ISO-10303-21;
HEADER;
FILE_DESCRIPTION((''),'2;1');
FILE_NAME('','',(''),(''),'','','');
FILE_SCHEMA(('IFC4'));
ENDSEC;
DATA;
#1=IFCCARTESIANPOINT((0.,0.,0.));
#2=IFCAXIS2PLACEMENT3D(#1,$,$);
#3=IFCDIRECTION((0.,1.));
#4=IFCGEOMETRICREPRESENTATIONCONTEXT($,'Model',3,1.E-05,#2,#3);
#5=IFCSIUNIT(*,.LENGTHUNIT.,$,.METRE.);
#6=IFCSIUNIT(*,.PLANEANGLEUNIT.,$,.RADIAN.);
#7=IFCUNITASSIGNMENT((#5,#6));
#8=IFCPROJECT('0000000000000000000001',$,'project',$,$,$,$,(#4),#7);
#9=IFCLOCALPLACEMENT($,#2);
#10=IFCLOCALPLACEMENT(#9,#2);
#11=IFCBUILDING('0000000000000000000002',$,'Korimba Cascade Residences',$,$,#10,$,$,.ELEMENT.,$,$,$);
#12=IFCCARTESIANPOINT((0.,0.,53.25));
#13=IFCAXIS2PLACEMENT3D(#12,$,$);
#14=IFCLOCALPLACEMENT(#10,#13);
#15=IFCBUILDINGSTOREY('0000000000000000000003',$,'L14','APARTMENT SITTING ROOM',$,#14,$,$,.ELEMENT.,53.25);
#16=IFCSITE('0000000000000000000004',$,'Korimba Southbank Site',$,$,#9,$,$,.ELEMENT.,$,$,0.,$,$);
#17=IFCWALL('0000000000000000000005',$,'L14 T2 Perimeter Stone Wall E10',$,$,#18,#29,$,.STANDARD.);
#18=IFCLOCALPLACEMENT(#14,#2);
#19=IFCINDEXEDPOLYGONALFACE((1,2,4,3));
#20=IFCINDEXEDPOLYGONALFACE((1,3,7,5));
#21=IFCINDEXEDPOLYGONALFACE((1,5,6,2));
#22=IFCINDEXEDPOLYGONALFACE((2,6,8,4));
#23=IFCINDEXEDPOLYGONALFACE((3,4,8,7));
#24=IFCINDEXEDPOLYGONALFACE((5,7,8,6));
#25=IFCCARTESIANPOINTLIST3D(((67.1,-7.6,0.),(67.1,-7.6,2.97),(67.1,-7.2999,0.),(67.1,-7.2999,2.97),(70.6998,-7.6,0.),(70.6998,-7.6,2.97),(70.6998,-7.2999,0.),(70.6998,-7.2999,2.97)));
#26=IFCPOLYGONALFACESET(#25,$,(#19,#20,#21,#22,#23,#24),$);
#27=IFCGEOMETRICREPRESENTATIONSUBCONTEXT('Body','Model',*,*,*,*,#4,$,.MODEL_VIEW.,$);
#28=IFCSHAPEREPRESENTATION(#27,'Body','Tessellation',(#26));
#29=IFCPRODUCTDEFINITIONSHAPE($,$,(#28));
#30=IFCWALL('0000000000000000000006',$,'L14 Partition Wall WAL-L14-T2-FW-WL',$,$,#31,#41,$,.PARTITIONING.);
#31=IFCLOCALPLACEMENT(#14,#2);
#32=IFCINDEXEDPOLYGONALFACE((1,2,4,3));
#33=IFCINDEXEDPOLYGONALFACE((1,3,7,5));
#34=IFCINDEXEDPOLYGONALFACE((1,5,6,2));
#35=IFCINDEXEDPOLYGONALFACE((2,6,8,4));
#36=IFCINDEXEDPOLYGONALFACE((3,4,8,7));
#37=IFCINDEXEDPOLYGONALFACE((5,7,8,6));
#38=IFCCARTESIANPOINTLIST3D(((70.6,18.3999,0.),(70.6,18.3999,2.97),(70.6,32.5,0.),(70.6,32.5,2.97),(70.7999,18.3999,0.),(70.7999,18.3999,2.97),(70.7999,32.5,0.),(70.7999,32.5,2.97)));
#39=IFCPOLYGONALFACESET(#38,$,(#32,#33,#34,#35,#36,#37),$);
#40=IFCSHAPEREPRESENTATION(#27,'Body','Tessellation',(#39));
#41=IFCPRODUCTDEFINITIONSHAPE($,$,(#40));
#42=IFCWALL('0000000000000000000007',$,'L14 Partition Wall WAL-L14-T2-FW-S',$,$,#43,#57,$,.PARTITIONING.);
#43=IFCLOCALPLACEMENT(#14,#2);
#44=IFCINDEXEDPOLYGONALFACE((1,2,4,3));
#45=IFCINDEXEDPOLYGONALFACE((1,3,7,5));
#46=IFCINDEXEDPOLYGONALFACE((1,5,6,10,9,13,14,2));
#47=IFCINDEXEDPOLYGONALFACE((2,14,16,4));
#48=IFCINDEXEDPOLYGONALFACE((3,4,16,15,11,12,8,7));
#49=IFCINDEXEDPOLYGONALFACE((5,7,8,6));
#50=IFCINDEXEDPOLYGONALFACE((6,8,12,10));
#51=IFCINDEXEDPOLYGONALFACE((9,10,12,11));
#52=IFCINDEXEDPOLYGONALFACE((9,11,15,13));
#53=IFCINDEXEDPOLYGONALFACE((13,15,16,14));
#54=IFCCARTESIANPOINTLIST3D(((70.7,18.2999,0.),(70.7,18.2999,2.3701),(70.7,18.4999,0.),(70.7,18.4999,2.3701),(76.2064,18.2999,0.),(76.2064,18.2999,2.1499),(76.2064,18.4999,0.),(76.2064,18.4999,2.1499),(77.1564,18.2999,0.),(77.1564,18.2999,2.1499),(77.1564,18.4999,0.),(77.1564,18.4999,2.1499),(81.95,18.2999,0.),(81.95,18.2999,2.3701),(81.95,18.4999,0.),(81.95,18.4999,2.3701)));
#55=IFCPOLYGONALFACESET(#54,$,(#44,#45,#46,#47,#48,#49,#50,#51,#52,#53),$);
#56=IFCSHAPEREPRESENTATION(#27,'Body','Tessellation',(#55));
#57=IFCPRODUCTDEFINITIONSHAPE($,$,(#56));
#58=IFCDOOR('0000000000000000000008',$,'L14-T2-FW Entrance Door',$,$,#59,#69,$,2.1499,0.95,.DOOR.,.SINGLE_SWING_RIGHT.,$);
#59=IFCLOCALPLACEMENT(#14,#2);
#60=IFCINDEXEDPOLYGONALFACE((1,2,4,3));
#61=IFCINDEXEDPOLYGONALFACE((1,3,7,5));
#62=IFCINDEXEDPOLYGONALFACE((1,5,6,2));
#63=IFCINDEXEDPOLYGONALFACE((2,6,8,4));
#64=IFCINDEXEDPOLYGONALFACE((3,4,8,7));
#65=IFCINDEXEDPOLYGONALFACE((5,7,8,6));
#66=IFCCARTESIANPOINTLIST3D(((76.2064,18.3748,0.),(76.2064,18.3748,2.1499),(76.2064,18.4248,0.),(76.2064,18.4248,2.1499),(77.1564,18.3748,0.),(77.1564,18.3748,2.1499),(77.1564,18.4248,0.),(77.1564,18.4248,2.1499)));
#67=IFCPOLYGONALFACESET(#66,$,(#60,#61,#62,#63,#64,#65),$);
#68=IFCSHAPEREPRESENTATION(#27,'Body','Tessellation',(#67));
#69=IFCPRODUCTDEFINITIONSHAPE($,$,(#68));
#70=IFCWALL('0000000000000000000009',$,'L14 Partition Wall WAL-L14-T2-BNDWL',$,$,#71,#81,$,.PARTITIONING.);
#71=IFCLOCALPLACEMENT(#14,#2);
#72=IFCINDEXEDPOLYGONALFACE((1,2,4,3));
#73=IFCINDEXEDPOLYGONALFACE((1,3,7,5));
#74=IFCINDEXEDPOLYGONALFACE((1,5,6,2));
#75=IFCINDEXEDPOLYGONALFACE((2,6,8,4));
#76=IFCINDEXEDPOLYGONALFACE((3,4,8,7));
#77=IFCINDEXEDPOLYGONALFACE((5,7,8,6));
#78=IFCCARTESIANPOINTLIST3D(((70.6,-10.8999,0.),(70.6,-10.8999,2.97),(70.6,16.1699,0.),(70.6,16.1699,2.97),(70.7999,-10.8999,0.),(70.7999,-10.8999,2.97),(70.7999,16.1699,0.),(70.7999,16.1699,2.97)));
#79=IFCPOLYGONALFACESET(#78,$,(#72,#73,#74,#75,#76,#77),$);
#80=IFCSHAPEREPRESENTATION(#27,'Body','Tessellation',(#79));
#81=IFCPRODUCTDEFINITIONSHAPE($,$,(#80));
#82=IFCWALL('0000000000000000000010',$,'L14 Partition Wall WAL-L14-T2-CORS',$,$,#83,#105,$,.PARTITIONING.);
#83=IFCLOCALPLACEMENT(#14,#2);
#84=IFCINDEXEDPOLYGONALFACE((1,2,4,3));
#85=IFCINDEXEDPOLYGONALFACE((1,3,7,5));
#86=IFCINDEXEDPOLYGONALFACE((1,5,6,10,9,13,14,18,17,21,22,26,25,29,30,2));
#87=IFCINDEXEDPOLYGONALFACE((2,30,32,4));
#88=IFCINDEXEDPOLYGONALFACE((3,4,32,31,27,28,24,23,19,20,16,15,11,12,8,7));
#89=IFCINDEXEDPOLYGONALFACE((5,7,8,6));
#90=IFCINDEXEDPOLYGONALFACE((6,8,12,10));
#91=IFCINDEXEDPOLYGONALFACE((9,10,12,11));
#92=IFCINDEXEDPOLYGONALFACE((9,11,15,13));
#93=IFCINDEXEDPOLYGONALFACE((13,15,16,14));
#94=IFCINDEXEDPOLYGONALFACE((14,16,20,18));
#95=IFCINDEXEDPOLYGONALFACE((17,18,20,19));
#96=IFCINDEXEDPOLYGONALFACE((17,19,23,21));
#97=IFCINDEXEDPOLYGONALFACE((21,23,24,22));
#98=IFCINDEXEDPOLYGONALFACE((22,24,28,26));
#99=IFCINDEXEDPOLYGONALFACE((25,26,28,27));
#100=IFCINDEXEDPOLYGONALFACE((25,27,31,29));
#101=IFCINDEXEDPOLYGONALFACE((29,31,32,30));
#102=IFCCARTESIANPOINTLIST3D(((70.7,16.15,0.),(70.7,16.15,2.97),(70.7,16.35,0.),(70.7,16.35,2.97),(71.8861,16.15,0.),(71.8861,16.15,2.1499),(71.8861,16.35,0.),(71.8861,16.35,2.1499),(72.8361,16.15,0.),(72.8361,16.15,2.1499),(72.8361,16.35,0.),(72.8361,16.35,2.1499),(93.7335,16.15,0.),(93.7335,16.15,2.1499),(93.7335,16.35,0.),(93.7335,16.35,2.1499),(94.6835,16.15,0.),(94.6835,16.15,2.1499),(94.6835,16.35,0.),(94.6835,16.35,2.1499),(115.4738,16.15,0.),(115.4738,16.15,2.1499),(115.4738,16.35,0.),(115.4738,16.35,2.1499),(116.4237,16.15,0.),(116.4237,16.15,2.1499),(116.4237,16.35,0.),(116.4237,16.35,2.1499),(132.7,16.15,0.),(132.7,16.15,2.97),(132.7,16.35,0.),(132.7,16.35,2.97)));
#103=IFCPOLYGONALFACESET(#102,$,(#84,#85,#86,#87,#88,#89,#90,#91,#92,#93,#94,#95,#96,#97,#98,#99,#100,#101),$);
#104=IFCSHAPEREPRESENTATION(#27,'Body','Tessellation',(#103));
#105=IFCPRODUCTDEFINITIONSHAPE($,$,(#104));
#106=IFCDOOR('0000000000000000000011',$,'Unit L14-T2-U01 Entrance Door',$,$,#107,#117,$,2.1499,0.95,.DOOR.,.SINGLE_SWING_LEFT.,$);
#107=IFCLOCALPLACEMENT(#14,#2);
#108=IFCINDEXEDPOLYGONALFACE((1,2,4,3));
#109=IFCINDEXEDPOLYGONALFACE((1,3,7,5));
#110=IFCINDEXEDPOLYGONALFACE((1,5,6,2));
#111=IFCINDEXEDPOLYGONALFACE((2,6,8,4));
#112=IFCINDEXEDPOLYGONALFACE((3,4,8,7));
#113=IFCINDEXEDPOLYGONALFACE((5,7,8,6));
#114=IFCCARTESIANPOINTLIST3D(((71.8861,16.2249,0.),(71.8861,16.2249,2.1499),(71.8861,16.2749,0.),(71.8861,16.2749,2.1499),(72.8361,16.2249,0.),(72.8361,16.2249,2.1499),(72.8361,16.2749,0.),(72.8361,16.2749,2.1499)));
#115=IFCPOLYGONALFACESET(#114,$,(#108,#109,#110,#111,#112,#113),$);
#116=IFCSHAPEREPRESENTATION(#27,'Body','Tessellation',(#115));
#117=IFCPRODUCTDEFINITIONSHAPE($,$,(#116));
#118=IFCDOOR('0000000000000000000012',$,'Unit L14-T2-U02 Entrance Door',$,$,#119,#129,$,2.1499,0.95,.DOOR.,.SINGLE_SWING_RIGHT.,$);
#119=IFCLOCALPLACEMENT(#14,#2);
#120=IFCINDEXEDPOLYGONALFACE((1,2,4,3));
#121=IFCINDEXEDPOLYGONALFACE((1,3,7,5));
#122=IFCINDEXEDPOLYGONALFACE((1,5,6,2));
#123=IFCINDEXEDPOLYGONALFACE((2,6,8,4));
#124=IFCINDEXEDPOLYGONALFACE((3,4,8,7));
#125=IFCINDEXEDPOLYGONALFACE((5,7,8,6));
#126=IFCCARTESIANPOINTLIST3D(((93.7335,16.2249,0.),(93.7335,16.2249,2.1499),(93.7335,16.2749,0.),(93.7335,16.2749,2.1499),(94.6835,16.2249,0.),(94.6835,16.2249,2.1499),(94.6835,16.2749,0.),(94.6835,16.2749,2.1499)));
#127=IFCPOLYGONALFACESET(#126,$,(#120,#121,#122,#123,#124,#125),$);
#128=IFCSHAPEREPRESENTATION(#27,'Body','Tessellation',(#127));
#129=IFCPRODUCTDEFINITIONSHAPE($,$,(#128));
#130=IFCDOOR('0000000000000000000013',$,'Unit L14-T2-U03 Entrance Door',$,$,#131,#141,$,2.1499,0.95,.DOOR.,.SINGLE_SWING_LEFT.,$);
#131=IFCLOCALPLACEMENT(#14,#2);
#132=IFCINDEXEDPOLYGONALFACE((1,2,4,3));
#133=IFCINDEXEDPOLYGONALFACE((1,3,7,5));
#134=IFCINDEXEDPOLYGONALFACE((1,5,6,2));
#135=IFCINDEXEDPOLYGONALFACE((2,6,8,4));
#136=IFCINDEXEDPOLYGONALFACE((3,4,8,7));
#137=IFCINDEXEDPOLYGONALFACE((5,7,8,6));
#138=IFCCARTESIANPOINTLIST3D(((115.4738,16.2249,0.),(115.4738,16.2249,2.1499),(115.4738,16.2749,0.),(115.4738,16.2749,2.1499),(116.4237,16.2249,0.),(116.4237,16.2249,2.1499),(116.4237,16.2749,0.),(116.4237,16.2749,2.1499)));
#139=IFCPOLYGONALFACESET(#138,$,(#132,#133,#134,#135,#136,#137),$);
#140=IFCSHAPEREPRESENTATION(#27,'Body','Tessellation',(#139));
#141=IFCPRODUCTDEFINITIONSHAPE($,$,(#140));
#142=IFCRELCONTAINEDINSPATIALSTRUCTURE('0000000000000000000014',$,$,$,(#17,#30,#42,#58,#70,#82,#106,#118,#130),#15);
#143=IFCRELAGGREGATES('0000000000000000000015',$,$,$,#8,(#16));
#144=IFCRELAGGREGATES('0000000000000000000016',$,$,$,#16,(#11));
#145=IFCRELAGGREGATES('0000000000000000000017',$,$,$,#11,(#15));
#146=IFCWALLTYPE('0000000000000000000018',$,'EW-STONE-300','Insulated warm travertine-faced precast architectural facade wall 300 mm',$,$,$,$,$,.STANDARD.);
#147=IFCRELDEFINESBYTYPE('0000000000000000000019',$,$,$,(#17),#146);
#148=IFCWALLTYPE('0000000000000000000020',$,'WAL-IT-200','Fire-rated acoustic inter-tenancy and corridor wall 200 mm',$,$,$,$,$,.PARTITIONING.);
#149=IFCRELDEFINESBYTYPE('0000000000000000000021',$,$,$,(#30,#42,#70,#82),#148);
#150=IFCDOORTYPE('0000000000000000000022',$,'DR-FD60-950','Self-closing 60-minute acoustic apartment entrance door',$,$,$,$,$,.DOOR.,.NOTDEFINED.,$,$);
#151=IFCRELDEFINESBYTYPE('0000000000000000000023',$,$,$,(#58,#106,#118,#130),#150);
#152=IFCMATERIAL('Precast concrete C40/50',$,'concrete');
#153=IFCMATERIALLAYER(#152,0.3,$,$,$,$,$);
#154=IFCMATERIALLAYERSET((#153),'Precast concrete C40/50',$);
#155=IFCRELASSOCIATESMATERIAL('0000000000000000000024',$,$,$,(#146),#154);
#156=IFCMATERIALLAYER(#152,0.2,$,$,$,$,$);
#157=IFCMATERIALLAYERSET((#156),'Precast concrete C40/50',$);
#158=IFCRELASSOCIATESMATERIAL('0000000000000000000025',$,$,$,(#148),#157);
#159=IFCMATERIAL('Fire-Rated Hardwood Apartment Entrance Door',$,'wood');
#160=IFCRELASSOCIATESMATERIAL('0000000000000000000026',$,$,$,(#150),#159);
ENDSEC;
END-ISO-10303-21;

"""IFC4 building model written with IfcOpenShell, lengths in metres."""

from ifc_helpers import new_model, si_unit, direction, frame, frame_2d, origin, place, context, subcontext, project, spatial, rectangle, extrude, material, layer, layer_set, type_object, element, fill, save


model = new_model("IFC4")

# Units and contexts
model_context = context("Model", 3, precision=1e-05, world=origin(), true_north=direction((0.0, 1.0)))
body_context = subcontext(model_context, "Body", "Model", "MODEL_VIEW")
ifc_project = project(units=[si_unit("LENGTHUNIT", "METRE"), si_unit("PLANEANGLEUNIT", "RADIAN")], contexts=[model_context])

# Site, building, storey
site_placement = place(None, origin())
site = spatial("IfcSite", under=ifc_project, at=site_placement, Name="Korimba Southbank Site", CompositionType="ELEMENT", RefElevation=0.0)
building_placement = place(site_placement, origin())
building = spatial("IfcBuilding", under=site, at=building_placement, Name="Korimba Cascade Residences", CompositionType="ELEMENT")
storey_placement = place(building_placement, frame((0.0, 0.0, 53.25)))
storey = spatial("IfcBuildingStorey", under=building, at=storey_placement, Name="L14", Description="APARTMENT SITTING ROOM", CompositionType="ELEMENT", Elevation=53.25)

# Shared definitions
ifc_material_1 = material(Name="Precast concrete C40/50", Category="concrete")

# Walls
ifc_layer_1 = layer(ifc_material_1, 0.3)
ifc_layer_set_1 = layer_set([ifc_layer_1], Name="Precast concrete C40/50")
wall_type_1 = type_object("IfcWallType", Name="EW-STONE-300", Description="Insulated warm travertine-faced precast architectural facade wall 300 mm", PredefinedType="STANDARD", material=ifc_layer_set_1)
wall_1_placement = place(storey_placement, frame((67.1001, -7.45, 0.0), z_axis=(0.0, 0.0, 1.0), x_axis=(1.0, 0.0, 0.0)))
element("IfcWall", 1, at=wall_1_placement, inside=storey, type_object=wall_type_1, Name="L14 T2 Perimeter Stone Wall E10", PredefinedType="STANDARD", context=body_context, shape_type="SweptSolid", body=[
    extrude(rectangle(XDim=3.5999, YDim=0.3, at=frame_2d((1.7998, 0.0))), origin(), (0.0, 0.0, 1.0), 2.97),
])
ifc_layer_2 = layer(ifc_material_1, 0.2)
ifc_layer_set_2 = layer_set([ifc_layer_2], Name="Precast concrete C40/50")
wall_type_2 = type_object("IfcWallType", Name="WAL-IT-200", Description="Fire-rated acoustic inter-tenancy and corridor wall 200 mm", PredefinedType="PARTITIONING", material=ifc_layer_set_2)
wall_2_placement = place(storey_placement, frame((70.7, 18.3999, 0.0), z_axis=(0.0, 0.0, 1.0), x_axis=(0.0, 1.0, 0.0)))
element("IfcWall", 2, at=wall_2_placement, inside=storey, type_object=wall_type_2, Name="L14 Partition Wall WAL-L14-T2-FW-WL", PredefinedType="PARTITIONING", context=body_context, shape_type="SweptSolid", body=[
    extrude(rectangle(XDim=14.1001, YDim=0.2, at=frame_2d((7.05, 0.0))), origin(), (0.0, 0.0, 1.0), 2.97),
])

# Wall, opening, door
wall_3_placement = place(storey_placement, frame((70.7, 18.3999, 0.0), z_axis=(0.0, 0.0, 1.0), x_axis=(1.0, 0.0, 0.0)))
wall_3 = element("IfcWall", 3, at=wall_3_placement, inside=storey, type_object=wall_type_2, Name="L14 Partition Wall WAL-L14-T2-FW-S", PredefinedType="PARTITIONING", context=body_context, shape_type="SweptSolid", body=[
    extrude(rectangle(XDim=11.25, YDim=0.2, at=frame_2d((5.625, 0.0))), origin(), (0.0, 0.0, 1.0), 2.3701),
])
opening_1_placement = place(wall_3_placement, frame((5.5063, 0.0, 0.0)))
opening_1 = element("IfcOpeningElement", 4, at=opening_1_placement, cuts=wall_3, PredefinedType="OPENING", context=body_context, shape_type="SweptSolid", body=[
    extrude(rectangle(XDim=0.95, YDim=2.1499, at=frame_2d((0.4751, 1.075))), frame((0.0, 0.1099, 0.0), z_axis=(0.0, -1.0, 0.0), x_axis=(1.0, 0.0, 0.0)), (0.0, 0.0, 1.0), 0.22),
])
ifc_material_2 = material(Name="Fire-Rated Hardwood Apartment Entrance Door", Category="wood")
door_type_1 = type_object("IfcDoorType", Name="DR-FD60-950", Description="Self-closing 60-minute acoustic apartment entrance door", OperationType="NOTDEFINED", PredefinedType="DOOR", material=ifc_material_2)
door_1_placement = place(opening_1_placement, origin())
door_1 = element("IfcDoor", 5, at=door_1_placement, inside=storey, type_object=door_type_1, Name="L14-T2-FW Entrance Door", OperationType="SINGLE_SWING_RIGHT", OverallHeight=2.1499, OverallWidth=0.95, PredefinedType="DOOR", context=body_context, shape_type="SweptSolid", body=[
    extrude(rectangle(XDim=0.95, YDim=2.1499, at=frame_2d((0.4751, 1.075))), frame((0.0, 0.0249, 0.0), z_axis=(0.0, -1.0, 0.0), x_axis=(1.0, 0.0, 0.0)), (0.0, 0.0, 1.0), 0.05),
])
fill(opening_1, door_1)

# Wall
wall_4_placement = place(storey_placement, frame((70.7, -10.8999, 0.0), z_axis=(0.0, 0.0, 1.0), x_axis=(0.0, 1.0, 0.0)))
element("IfcWall", 6, at=wall_4_placement, inside=storey, type_object=wall_type_2, Name="L14 Partition Wall WAL-L14-T2-BNDWL", PredefinedType="PARTITIONING", context=body_context, shape_type="SweptSolid", body=[
    extrude(rectangle(XDim=27.0698, YDim=0.2, at=frame_2d((13.5349, 0.0))), origin(), (0.0, 0.0, 1.0), 2.97),
])

# Wall, openings, doors
wall_5_placement = place(storey_placement, frame((70.7, 16.25, 0.0), z_axis=(0.0, 0.0, 1.0), x_axis=(1.0, 0.0, 0.0)))
wall_5 = element("IfcWall", 7, at=wall_5_placement, inside=storey, type_object=wall_type_2, Name="L14 Partition Wall WAL-L14-T2-CORS", PredefinedType="PARTITIONING", context=body_context, shape_type="SweptSolid", body=[
    extrude(rectangle(XDim=62.0, YDim=0.2, at=frame_2d((31.0, 0.0))), origin(), (0.0, 0.0, 1.0), 2.97),
])
opening_2_placement = place(wall_5_placement, frame((1.186, 0.0, 0.0)))
opening_2 = element("IfcOpeningElement", 8, at=opening_2_placement, cuts=wall_5, PredefinedType="OPENING", context=body_context, shape_type="SweptSolid", body=[
    extrude(rectangle(XDim=0.95, YDim=2.1499, at=frame_2d((0.4751, 1.075))), frame((0.0, 0.1099, 0.0), z_axis=(0.0, -1.0, 0.0), x_axis=(1.0, 0.0, 0.0)), (0.0, 0.0, 1.0), 0.22),
])
opening_3_placement = place(wall_5_placement, frame((23.0334, 0.0, 0.0)))
opening_3 = element("IfcOpeningElement", 9, at=opening_3_placement, cuts=wall_5, PredefinedType="OPENING", context=body_context, shape_type="SweptSolid", body=[
    extrude(rectangle(XDim=0.95, YDim=2.1499, at=frame_2d((0.4751, 1.075))), frame((0.0, 0.1099, 0.0), z_axis=(0.0, -1.0, 0.0), x_axis=(1.0, 0.0, 0.0)), (0.0, 0.0, 1.0), 0.22),
])
opening_4_placement = place(wall_5_placement, frame((44.7737, 0.0, 0.0)))
opening_4 = element("IfcOpeningElement", 10, at=opening_4_placement, cuts=wall_5, PredefinedType="OPENING", context=body_context, shape_type="SweptSolid", body=[
    extrude(rectangle(XDim=0.95, YDim=2.1499, at=frame_2d((0.4751, 1.075))), frame((0.0, 0.1099, 0.0), z_axis=(0.0, -1.0, 0.0), x_axis=(1.0, 0.0, 0.0)), (0.0, 0.0, 1.0), 0.22),
])
door_2_placement = place(opening_2_placement, origin())
door_2 = element("IfcDoor", 11, at=door_2_placement, inside=storey, type_object=door_type_1, Name="Unit L14-T2-U01 Entrance Door", OperationType="SINGLE_SWING_LEFT", OverallHeight=2.1499, OverallWidth=0.95, PredefinedType="DOOR", context=body_context, shape_type="SweptSolid", body=[
    extrude(rectangle(XDim=0.95, YDim=2.1499, at=frame_2d((0.4751, 1.075))), frame((0.0, 0.0249, 0.0), z_axis=(0.0, -1.0, 0.0), x_axis=(1.0, 0.0, 0.0)), (0.0, 0.0, 1.0), 0.05),
])
fill(opening_2, door_2)
door_3_placement = place(opening_3_placement, origin())
door_3 = element("IfcDoor", 12, at=door_3_placement, inside=storey, type_object=door_type_1, Name="Unit L14-T2-U02 Entrance Door", OperationType="SINGLE_SWING_RIGHT", OverallHeight=2.1499, OverallWidth=0.95, PredefinedType="DOOR", context=body_context, shape_type="SweptSolid", body=[
    extrude(rectangle(XDim=0.95, YDim=2.1499, at=frame_2d((0.4751, 1.075))), frame((0.0, 0.0249, 0.0), z_axis=(0.0, -1.0, 0.0), x_axis=(1.0, 0.0, 0.0)), (0.0, 0.0, 1.0), 0.05),
])
fill(opening_3, door_3)
door_4_placement = place(opening_4_placement, origin())
door_4 = element("IfcDoor", 13, at=door_4_placement, inside=storey, type_object=door_type_1, Name="Unit L14-T2-U03 Entrance Door", OperationType="SINGLE_SWING_LEFT", OverallHeight=2.1499, OverallWidth=0.95, PredefinedType="DOOR", context=body_context, shape_type="SweptSolid", body=[
    extrude(rectangle(XDim=0.95, YDim=2.1499, at=frame_2d((0.4751, 1.075))), frame((0.0, 0.0249, 0.0), z_axis=(0.0, -1.0, 0.0), x_axis=(1.0, 0.0, 0.0)), (0.0, 0.0, 1.0), 0.05),
])
fill(opening_4, door_4)

save(model, "model.ifc")
